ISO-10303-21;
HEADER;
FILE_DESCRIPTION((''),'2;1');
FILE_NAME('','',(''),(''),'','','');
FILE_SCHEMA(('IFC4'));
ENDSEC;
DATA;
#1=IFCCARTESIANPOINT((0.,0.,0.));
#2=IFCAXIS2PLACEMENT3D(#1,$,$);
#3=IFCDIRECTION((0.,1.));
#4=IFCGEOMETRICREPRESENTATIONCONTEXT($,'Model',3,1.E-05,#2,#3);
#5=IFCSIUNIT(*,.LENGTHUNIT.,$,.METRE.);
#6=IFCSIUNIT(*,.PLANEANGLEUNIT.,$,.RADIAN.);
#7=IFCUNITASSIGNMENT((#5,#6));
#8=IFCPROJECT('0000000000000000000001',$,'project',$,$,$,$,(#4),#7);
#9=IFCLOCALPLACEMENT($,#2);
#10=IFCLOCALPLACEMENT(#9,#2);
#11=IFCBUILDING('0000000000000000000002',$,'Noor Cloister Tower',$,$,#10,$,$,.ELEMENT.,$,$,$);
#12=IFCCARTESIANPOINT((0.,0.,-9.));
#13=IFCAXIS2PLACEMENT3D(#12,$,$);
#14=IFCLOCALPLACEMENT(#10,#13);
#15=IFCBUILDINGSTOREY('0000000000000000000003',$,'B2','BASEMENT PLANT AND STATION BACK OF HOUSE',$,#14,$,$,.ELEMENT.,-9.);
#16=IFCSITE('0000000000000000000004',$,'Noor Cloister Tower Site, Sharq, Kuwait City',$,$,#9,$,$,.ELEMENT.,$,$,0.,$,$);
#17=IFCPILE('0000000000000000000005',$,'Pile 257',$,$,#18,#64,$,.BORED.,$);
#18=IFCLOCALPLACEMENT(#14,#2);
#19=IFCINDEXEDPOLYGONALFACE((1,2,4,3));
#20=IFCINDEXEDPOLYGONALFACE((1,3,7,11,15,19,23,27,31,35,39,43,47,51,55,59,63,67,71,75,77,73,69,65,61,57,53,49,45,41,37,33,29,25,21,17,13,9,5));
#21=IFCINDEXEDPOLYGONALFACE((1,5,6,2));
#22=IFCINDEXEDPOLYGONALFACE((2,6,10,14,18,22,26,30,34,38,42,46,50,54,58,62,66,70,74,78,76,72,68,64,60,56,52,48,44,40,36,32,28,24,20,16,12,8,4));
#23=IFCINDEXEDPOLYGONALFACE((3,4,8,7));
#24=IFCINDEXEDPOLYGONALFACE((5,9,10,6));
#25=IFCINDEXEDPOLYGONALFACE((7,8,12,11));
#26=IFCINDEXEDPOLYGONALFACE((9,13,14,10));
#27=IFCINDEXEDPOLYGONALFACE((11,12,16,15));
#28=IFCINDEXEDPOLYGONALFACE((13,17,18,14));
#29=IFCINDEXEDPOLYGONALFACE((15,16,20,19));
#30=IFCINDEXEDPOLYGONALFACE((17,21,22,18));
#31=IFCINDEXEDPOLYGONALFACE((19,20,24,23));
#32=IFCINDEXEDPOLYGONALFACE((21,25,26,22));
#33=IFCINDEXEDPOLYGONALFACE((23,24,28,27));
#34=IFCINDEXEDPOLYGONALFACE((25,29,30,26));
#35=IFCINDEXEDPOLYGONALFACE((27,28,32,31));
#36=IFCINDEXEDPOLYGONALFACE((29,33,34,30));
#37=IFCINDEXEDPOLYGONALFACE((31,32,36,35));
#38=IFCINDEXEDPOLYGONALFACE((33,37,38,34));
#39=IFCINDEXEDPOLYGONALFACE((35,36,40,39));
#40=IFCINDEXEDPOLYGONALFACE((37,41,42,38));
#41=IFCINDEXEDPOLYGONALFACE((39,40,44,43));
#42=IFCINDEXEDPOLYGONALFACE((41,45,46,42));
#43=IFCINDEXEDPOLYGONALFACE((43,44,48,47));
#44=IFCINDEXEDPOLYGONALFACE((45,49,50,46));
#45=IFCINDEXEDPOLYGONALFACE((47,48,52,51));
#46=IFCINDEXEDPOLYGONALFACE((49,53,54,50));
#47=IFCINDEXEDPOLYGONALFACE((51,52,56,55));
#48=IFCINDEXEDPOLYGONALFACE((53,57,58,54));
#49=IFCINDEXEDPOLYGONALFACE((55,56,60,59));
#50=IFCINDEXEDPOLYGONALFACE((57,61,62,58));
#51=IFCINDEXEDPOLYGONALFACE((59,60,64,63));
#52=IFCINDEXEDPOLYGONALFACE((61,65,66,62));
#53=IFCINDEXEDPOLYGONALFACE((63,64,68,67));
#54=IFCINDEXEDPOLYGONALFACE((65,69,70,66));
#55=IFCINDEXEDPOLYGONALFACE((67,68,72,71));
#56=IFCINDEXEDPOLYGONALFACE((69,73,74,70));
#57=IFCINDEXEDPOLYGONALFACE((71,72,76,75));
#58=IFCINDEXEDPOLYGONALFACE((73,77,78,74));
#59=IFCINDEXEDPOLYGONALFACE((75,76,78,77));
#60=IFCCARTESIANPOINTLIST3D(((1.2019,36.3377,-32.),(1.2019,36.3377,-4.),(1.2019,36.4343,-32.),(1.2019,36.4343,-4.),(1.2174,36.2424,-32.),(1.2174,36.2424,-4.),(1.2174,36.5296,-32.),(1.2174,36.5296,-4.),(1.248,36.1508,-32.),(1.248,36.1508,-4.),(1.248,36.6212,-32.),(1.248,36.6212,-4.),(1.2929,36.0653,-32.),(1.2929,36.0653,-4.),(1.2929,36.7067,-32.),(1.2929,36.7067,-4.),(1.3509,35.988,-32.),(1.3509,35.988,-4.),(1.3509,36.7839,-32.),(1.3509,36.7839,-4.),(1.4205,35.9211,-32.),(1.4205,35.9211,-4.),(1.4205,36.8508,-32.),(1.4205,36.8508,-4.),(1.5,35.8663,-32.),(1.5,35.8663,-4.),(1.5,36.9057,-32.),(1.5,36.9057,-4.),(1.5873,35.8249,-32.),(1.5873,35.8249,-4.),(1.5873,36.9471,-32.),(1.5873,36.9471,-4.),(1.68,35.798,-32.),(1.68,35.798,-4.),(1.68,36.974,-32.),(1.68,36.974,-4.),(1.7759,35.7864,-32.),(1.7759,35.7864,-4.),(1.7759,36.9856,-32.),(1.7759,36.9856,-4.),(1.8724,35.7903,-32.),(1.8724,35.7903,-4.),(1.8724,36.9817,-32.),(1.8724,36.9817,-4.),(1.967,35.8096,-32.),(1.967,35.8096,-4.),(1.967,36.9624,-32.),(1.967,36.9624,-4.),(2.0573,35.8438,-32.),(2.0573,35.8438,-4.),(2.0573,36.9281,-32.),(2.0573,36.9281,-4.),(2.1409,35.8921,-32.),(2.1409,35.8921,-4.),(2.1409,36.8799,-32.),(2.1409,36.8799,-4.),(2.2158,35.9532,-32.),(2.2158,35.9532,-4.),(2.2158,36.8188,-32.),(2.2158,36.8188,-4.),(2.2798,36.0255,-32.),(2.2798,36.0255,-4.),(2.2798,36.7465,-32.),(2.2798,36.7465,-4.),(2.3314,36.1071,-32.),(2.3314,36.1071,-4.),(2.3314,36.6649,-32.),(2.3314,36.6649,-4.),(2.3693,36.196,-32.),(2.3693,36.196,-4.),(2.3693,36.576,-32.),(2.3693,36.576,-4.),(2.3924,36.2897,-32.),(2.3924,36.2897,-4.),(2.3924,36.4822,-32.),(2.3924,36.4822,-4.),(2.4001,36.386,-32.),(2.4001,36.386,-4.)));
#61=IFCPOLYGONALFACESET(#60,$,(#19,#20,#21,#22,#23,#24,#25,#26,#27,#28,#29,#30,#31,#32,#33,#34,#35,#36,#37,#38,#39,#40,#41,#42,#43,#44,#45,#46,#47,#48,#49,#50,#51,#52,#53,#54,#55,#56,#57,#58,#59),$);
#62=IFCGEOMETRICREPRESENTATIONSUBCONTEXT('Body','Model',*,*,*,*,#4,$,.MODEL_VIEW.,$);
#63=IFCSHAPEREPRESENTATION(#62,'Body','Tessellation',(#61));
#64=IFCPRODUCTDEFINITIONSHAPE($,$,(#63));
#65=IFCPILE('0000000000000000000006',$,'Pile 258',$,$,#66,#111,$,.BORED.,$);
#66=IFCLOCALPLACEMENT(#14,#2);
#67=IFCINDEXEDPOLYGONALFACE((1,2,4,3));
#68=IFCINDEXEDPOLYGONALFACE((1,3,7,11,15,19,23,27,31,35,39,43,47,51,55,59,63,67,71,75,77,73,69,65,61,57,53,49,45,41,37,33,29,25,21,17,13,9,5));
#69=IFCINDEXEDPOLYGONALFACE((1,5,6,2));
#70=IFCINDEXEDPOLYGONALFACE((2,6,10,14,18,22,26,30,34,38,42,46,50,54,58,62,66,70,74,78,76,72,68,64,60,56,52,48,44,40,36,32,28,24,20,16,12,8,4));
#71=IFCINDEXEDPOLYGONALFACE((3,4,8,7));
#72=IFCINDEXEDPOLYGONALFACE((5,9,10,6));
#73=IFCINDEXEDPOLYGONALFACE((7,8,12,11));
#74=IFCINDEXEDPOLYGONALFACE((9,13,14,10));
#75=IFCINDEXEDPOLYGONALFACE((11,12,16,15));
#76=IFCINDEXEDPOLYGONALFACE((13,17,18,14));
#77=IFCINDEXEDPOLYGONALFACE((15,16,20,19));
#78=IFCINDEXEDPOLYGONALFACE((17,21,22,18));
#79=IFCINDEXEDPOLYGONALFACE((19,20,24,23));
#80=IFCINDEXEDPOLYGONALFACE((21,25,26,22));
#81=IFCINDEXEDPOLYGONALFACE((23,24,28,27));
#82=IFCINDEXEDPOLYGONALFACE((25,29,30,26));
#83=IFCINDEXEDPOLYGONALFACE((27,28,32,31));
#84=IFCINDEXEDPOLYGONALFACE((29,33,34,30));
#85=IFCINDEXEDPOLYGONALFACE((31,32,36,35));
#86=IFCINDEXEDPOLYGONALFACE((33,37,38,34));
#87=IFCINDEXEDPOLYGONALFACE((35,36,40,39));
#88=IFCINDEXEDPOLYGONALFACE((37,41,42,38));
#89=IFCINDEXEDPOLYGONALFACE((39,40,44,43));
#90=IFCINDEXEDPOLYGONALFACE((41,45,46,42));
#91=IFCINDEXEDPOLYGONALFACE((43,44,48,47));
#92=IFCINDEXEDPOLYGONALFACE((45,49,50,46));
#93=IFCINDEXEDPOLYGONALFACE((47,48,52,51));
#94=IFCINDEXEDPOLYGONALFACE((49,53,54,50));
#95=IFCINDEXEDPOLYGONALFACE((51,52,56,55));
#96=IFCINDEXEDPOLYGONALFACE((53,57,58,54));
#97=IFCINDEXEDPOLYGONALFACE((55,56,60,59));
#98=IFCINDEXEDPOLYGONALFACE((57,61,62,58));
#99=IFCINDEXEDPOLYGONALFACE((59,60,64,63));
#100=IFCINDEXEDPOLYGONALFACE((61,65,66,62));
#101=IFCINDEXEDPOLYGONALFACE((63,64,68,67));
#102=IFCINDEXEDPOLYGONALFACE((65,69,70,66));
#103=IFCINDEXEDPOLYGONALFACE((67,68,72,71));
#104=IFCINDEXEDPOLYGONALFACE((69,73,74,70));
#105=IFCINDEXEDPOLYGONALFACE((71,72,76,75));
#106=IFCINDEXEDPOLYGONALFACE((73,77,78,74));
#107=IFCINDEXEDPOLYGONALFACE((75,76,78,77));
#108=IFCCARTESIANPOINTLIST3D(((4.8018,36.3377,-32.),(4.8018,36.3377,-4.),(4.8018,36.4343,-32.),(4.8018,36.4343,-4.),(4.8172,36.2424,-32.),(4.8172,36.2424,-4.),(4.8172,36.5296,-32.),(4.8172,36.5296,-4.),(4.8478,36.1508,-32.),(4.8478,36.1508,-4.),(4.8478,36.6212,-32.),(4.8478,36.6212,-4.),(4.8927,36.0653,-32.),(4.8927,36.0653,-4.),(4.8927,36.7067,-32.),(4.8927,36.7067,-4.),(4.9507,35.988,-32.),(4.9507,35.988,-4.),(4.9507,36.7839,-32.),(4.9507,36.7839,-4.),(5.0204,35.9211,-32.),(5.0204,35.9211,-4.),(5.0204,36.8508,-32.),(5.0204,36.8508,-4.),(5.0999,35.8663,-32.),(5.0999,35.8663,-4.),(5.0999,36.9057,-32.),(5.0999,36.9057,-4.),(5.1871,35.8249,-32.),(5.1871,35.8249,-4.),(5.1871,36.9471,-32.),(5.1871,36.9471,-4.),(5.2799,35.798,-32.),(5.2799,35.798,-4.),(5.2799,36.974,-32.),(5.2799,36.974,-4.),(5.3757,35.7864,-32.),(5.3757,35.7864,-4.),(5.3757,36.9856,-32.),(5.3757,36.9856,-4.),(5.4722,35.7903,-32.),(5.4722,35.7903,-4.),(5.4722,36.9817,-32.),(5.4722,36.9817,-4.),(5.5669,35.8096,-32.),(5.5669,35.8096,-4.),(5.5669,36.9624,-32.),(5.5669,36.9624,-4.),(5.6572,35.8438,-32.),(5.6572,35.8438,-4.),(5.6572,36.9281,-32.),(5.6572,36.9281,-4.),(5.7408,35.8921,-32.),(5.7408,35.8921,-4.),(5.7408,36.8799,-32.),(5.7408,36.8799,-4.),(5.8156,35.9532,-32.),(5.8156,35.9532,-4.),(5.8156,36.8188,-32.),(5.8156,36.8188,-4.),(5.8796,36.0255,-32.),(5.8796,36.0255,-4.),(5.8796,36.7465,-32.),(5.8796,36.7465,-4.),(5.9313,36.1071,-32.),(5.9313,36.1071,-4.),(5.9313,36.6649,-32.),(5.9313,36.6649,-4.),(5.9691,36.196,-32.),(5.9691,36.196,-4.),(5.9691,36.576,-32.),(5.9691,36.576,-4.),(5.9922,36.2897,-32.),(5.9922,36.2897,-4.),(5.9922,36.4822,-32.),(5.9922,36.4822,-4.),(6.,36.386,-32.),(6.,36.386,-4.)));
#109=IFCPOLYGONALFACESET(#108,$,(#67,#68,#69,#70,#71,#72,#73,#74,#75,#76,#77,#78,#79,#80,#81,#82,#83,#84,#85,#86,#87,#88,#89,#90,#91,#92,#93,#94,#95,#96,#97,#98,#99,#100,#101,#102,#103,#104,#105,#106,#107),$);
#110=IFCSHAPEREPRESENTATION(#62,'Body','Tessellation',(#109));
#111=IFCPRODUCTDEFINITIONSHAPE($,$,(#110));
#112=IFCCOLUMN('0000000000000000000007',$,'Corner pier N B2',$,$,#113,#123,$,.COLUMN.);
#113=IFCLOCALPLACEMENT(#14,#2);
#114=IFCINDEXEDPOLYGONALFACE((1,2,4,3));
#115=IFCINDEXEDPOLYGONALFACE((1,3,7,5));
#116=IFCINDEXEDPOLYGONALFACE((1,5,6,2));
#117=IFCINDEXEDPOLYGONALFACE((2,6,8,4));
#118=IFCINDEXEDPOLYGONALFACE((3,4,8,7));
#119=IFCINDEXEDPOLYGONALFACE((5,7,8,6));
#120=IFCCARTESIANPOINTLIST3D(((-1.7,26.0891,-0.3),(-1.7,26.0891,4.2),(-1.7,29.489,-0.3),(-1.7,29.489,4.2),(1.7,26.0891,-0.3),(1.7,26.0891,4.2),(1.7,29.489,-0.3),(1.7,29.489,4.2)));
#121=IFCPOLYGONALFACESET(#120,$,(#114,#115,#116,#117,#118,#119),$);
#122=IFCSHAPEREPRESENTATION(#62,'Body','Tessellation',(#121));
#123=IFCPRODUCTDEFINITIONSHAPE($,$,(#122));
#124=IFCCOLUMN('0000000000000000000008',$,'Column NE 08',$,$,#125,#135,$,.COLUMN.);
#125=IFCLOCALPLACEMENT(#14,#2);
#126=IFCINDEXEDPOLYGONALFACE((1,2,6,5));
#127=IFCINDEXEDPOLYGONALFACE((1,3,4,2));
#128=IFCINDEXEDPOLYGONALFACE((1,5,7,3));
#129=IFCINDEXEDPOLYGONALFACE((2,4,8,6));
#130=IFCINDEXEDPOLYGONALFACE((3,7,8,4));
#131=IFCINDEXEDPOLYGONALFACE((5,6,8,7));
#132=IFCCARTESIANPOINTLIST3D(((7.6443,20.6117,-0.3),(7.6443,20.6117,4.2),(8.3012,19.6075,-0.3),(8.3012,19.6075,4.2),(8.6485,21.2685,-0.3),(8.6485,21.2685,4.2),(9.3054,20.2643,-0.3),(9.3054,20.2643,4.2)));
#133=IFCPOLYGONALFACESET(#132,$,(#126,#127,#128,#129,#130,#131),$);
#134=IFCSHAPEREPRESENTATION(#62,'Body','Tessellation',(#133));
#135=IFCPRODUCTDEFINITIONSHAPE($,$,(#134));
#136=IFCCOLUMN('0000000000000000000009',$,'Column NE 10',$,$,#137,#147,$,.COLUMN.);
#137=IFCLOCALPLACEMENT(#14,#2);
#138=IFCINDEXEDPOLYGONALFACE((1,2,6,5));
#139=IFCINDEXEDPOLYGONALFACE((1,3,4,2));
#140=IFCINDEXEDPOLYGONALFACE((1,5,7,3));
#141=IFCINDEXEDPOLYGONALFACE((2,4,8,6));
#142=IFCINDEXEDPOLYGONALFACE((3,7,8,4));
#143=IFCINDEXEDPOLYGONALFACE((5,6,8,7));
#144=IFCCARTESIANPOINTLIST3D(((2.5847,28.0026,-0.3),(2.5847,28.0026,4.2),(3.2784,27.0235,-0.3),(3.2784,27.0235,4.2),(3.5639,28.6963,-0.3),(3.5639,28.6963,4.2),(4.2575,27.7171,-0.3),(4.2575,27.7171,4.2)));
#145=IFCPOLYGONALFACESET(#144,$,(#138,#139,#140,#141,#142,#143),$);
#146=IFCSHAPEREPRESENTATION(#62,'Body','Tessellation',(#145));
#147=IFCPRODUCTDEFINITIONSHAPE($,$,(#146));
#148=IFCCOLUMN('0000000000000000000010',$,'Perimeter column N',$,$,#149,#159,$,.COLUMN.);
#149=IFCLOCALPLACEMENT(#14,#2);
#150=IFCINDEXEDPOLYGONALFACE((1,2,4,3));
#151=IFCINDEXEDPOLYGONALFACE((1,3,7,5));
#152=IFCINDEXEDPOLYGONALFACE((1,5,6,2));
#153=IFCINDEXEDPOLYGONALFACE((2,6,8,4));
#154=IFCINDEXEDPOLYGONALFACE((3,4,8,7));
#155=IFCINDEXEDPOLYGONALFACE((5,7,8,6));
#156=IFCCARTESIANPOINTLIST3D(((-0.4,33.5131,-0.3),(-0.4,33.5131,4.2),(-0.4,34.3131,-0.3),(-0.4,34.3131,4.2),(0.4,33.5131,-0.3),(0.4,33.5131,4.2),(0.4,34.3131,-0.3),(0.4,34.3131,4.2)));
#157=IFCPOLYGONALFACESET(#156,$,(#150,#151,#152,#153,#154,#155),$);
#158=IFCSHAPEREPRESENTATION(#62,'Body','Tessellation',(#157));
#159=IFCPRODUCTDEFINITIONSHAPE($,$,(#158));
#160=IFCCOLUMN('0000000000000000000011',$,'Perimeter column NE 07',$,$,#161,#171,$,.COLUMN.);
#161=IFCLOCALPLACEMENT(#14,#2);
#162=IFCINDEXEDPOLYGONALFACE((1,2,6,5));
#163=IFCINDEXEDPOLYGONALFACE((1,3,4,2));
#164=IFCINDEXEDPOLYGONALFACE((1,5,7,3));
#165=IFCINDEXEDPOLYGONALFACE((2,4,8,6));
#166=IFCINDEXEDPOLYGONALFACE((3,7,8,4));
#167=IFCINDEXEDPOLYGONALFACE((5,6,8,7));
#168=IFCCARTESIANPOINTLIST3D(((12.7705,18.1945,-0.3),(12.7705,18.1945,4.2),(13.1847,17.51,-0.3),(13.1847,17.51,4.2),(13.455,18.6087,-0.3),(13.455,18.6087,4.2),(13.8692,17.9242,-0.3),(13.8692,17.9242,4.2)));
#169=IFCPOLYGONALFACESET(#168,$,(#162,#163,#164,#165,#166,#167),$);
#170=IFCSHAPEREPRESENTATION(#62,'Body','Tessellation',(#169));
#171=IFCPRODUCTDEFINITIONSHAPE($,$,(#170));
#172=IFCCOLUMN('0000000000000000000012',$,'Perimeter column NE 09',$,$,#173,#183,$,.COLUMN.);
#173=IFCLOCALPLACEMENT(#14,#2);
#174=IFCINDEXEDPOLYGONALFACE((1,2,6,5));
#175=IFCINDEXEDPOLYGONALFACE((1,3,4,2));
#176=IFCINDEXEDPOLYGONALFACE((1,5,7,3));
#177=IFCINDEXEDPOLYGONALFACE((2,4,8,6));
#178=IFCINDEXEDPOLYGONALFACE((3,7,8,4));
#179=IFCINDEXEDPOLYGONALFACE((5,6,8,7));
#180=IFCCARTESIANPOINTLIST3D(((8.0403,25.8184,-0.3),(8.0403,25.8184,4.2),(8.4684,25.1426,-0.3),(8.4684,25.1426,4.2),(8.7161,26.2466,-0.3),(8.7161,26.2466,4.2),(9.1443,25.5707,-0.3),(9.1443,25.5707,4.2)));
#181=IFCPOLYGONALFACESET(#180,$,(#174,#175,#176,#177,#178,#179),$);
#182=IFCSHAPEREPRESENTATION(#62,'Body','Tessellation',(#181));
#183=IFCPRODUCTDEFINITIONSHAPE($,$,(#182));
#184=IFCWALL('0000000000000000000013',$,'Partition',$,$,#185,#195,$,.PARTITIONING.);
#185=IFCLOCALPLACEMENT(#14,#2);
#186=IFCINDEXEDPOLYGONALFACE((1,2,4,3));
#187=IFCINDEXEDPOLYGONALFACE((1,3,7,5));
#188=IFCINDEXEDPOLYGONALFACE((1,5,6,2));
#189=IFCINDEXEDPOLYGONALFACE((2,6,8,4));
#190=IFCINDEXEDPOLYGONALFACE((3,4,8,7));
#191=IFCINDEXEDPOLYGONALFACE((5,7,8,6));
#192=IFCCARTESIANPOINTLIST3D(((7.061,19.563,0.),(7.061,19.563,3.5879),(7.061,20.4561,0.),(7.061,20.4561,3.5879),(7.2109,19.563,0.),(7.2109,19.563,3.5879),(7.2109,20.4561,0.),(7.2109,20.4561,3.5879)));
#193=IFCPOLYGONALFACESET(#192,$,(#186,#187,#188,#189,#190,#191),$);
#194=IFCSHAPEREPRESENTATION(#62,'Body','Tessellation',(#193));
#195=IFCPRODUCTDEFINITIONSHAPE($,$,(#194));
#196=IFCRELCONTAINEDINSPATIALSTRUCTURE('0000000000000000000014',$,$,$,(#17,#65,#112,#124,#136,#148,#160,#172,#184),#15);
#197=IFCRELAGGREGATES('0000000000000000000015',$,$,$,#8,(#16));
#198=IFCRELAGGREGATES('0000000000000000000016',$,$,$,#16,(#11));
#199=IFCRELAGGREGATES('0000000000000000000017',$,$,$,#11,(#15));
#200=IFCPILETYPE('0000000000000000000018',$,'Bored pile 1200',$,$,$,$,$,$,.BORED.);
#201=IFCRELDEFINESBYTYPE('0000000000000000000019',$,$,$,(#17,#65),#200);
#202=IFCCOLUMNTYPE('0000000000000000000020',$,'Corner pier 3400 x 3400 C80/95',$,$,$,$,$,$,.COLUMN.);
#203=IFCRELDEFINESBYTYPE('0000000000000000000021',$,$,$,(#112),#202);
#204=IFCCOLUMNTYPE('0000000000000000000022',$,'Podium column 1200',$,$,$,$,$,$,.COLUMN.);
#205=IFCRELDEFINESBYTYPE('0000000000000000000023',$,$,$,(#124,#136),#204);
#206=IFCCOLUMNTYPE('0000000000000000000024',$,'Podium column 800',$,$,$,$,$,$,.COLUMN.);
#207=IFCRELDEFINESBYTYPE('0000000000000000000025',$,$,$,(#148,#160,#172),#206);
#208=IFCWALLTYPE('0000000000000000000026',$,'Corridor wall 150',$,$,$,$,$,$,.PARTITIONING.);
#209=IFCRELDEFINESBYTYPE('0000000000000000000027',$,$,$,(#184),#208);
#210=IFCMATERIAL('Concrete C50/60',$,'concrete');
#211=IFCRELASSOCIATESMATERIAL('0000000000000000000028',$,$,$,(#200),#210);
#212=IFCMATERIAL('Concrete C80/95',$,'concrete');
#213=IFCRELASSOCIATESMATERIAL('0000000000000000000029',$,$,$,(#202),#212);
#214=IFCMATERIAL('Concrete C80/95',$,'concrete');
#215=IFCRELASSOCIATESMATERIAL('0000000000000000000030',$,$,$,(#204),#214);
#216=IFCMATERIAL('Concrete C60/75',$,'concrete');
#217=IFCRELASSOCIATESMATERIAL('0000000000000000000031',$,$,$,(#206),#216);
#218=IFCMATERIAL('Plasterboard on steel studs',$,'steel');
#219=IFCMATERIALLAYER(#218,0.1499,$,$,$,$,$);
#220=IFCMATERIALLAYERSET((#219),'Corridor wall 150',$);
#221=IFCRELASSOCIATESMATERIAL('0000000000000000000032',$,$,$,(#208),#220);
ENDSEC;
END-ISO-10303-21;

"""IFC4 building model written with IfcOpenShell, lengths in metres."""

from ifc_helpers import new_model, si_unit, direction, frame, frame_2d, origin, origin_2d, place, context, subcontext, project, spatial, rectangle, circle, extrude, material, layer, layer_set, material_profile, profile_set, type_object, element, save


model = new_model("IFC4")

# Units and contexts
model_context = context("Model", 3, precision=1e-05, world=origin(), true_north=direction((0.0, 1.0)))
body_context = subcontext(model_context, "Body", "Model", "MODEL_VIEW")
ifc_project = project(units=[si_unit("LENGTHUNIT", "METRE"), si_unit("PLANEANGLEUNIT", "RADIAN")], contexts=[model_context])

# Site, building, storey
site_placement = place(None, origin())
site = spatial("IfcSite", under=ifc_project, at=site_placement, Name="Noor Cloister Tower Site, Sharq, Kuwait City", CompositionType="ELEMENT", RefElevation=0.0)
building_placement = place(site_placement, origin())
building = spatial("IfcBuilding", under=site, at=building_placement, Name="Noor Cloister Tower", CompositionType="ELEMENT")
storey_placement = place(building_placement, frame((0.0, 0.0, -9.0)))
storey = spatial("IfcBuildingStorey", under=building, at=storey_placement, Name="B2", Description="BASEMENT PLANT AND STATION BACK OF HOUSE", CompositionType="ELEMENT", Elevation=-9.0)

# Piles
ifc_material_1 = material(Name="Concrete C50/60", Category="concrete")
ifc_material_profile_1 = material_profile(ifc_material_1, circle(Radius=0.6001, at=origin_2d()), Name="Bored pile 1200")
ifc_profile_set_1 = profile_set([ifc_material_profile_1], Name="Concrete C50/60")
pile_type = type_object("IfcPileType", Name="Bored pile 1200", PredefinedType="BORED", material=ifc_profile_set_1)
for number, where, z_axis, x_axis, name in (
    (1, (1.8, 36.386, -4.0), (0.0, 0.0, -1.0), (1.0, 0.0, 0.0), "Pile 257"),
    (2, (5.3999, 36.386, -4.0), (0.0, 0.0, -1.0), (1.0, 0.0, 0.0), "Pile 258"),
):
    element("IfcPile", number, at=place(storey_placement, frame(where, z_axis=z_axis, x_axis=x_axis)), inside=storey, type_object=pile_type, Name=name, PredefinedType="BORED", context=body_context, shape_type="SweptSolid", body=[
        extrude(circle(Radius=0.6001, at=origin_2d()), origin(), (0.0, 0.0, 1.0), 28.0),
    ])

# Columns
ifc_material_2 = material(Name="Concrete C80/95", Category="concrete")
ifc_material_profile_2 = material_profile(ifc_material_2, rectangle(XDim=3.3999, YDim=3.3999, at=origin_2d()), Name="RC 3400x3400")
ifc_profile_set_2 = profile_set([ifc_material_profile_2], Name="Concrete C80/95")
column_type_1 = type_object("IfcColumnType", Name="Corner pier 3400 x 3400 C80/95", PredefinedType="COLUMN", material=ifc_profile_set_2)
column_placement = place(storey_placement, frame((0.0, 27.7891, -0.3), z_axis=(0.0, 0.0, 1.0), x_axis=(0.0, 1.0, 0.0)))
element("IfcColumn", 3, at=column_placement, inside=storey, type_object=column_type_1, Name="Corner pier N B2", PredefinedType="COLUMN", context=body_context, shape_type="SweptSolid", body=[
    extrude(rectangle(XDim=3.3999, YDim=3.3999, at=origin_2d()), origin(), (0.0, 0.0, 1.0), 4.5),
])
ifc_material_3 = material(Name="Concrete C80/95", Category="concrete")
ifc_material_profile_3 = material_profile(ifc_material_3, rectangle(XDim=1.2, YDim=1.2, at=origin_2d()), Name="Podium column 1200")
ifc_profile_set_3 = profile_set([ifc_material_profile_3], Name="Concrete C80/95")
column_type_2 = type_object("IfcColumnType", Name="Podium column 1200", PredefinedType="COLUMN", material=ifc_profile_set_3)
for number, where, z_axis, x_axis, name in (
    (4, (8.4749, 20.438, -0.3), (0.0, 0.0, 1.0), (0.836868, 0.547405, 0.0), "Column NE 08"),
    (5, (3.4211, 27.8599, -0.3), (0.0, 0.0, 1.0), (0.815983, 0.578076, 0.0), "Column NE 10"),
):
    element("IfcColumn", number, at=place(storey_placement, frame(where, z_axis=z_axis, x_axis=x_axis)), inside=storey, type_object=column_type_2, Name=name, PredefinedType="COLUMN", context=body_context, shape_type="SweptSolid", body=[
        extrude(rectangle(XDim=1.2, YDim=1.2, at=origin_2d()), origin(), (0.0, 0.0, 1.0), 4.5),
    ])
ifc_material_4 = material(Name="Concrete C60/75", Category="concrete")
ifc_material_profile_4 = material_profile(ifc_material_4, rectangle(XDim=0.8, YDim=0.8, at=origin_2d()), Name="Podium column 800")
ifc_profile_set_4 = profile_set([ifc_material_profile_4], Name="Concrete C60/75")
column_type_3 = type_object("IfcColumnType", Name="Podium column 800", PredefinedType="COLUMN", material=ifc_profile_set_4)
for number, where, z_axis, x_axis, name in (
    (6, (0.0, 33.9131, -0.3), (0.0, 0.0, 1.0), (0.0, 1.0, 0.0), "Perimeter column N"),
    (7, (13.3198, 18.0593, -0.3), (0.0, 0.0, 1.0), (0.855574, 0.51768, 0.0), "Perimeter column NE 07"),
    (8, (8.5923, 25.6946, -0.3), (0.0, 0.0, 1.0), (0.844762, 0.535142, 0.0), "Perimeter column NE 09"),
):
    element("IfcColumn", number, at=place(storey_placement, frame(where, z_axis=z_axis, x_axis=x_axis)), inside=storey, type_object=column_type_3, Name=name, PredefinedType="COLUMN", context=body_context, shape_type="SweptSolid", body=[
        extrude(rectangle(XDim=0.8, YDim=0.8, at=origin_2d()), origin(), (0.0, 0.0, 1.0), 4.5),
    ])

# Wall
ifc_material_5 = material(Name="Plasterboard on steel studs", Category="steel")
ifc_layer_1 = layer(ifc_material_5, 0.1499)
ifc_layer_set_1 = layer_set([ifc_layer_1], Name="Corridor wall 150")
wall_type_1 = type_object("IfcWallType", Name="Corridor wall 150", PredefinedType="PARTITIONING", material=ifc_layer_set_1)
wall_1_placement = place(storey_placement, frame((7.136, 19.563, 0.0), z_axis=(0.0, 0.0, 1.0), x_axis=(0.0, 1.0, 0.0)))
element("IfcWall", 9, at=wall_1_placement, inside=storey, type_object=wall_type_1, Name="Partition", PredefinedType="PARTITIONING", context=body_context, shape_type="SweptSolid", body=[
    extrude(rectangle(XDim=0.8931, YDim=0.1499, at=frame_2d((0.4465, 0.0))), origin(), (0.0, 0.0, 1.0), 3.5879),
])

save(model, "model.ifc")
